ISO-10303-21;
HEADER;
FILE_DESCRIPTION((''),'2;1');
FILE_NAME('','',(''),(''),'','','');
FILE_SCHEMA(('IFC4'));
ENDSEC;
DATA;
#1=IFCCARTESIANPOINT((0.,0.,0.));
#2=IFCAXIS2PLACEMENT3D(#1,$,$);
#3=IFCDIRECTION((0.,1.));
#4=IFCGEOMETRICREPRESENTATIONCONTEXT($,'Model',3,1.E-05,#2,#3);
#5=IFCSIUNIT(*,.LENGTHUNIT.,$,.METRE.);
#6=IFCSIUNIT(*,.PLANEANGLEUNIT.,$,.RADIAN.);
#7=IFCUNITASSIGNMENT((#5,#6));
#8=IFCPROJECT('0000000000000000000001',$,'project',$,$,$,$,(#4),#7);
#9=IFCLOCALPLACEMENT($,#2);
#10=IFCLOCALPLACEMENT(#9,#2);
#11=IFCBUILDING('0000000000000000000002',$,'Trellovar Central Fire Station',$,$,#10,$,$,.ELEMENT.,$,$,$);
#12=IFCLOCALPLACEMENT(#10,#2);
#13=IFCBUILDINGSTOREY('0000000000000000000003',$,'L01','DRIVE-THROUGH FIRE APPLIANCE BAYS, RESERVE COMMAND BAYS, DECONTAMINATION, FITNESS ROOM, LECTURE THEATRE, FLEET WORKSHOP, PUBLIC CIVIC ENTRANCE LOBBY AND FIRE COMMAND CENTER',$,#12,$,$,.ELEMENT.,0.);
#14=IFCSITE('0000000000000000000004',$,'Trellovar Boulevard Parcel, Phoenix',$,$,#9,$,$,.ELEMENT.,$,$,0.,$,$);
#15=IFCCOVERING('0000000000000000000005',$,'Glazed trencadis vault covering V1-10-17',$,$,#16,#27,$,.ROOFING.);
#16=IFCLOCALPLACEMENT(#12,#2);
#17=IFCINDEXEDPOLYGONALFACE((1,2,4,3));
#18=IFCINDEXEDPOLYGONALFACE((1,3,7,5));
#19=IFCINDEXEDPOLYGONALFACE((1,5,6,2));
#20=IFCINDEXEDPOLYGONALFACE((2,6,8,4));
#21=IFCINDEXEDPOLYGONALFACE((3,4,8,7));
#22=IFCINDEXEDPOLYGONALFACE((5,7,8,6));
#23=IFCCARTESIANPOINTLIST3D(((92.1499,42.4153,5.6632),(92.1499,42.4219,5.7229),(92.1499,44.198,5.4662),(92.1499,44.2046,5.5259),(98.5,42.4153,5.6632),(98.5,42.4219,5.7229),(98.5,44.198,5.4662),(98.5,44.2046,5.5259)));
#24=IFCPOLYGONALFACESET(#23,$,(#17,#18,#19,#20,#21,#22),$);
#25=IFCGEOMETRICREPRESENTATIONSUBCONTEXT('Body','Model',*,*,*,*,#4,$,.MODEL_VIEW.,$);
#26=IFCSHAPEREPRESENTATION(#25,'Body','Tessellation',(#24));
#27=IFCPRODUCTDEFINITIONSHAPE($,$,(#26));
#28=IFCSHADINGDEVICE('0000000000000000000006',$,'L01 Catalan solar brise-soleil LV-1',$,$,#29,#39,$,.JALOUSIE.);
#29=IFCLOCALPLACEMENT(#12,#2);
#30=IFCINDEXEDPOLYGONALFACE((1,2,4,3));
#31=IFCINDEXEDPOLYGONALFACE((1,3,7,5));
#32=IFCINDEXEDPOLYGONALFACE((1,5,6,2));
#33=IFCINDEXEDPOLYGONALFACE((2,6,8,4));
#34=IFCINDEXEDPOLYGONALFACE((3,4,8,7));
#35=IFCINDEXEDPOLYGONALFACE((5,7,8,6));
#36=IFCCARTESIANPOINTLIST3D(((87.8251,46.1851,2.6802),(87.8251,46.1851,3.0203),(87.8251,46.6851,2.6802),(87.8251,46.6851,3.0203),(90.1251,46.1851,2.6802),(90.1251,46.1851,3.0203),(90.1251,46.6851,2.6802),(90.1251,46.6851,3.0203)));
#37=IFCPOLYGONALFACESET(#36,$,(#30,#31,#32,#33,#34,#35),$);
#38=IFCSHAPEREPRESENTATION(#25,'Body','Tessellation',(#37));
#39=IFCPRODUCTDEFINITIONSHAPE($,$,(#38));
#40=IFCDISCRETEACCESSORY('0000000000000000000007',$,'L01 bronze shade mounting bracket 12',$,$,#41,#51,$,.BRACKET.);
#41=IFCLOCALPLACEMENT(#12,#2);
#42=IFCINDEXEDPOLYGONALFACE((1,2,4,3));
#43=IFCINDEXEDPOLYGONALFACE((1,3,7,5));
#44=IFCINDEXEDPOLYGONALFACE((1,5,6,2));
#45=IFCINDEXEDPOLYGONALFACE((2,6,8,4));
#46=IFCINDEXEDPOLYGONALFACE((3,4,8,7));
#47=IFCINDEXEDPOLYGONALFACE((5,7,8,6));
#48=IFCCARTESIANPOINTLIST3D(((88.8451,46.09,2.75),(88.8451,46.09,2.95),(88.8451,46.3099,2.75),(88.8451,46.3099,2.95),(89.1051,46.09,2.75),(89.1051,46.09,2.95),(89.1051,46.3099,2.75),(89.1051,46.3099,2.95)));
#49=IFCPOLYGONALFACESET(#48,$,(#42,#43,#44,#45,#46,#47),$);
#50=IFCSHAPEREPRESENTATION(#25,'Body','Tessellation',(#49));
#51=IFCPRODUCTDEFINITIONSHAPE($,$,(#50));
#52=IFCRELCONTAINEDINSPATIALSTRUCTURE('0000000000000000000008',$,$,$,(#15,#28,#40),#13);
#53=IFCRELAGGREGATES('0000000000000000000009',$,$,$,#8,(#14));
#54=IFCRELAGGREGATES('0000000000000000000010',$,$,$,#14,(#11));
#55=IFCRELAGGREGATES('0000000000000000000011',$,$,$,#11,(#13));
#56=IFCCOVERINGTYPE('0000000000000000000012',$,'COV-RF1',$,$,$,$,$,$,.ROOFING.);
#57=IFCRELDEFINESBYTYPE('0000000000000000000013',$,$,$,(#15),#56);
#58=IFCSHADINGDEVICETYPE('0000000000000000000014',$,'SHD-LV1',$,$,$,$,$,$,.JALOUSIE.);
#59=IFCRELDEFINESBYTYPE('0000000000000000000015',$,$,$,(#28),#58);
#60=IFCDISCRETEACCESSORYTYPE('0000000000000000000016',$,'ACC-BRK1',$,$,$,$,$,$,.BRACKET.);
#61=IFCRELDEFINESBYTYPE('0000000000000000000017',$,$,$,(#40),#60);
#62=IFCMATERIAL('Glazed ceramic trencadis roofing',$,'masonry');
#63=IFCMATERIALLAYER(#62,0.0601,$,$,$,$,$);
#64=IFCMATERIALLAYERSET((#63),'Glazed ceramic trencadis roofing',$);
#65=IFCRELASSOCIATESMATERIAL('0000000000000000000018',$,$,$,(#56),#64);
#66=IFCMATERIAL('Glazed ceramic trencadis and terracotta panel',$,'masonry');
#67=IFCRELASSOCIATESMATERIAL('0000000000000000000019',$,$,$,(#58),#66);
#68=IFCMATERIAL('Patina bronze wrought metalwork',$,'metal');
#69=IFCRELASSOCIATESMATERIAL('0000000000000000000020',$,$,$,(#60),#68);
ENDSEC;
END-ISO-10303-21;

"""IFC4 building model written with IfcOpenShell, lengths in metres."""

from ifc_helpers import new_model, si_unit, direction, frame, origin, origin_2d, place, context, subcontext, project, spatial, polyline, rectangle, outline, extrude, material, layer, layer_set, type_object, element, save


model = new_model("IFC4")

# Units and contexts
model_context = context("Model", 3, precision=1e-05, world=origin(), true_north=direction((0.0, 1.0)))
body_context = subcontext(model_context, "Body", "Model", "MODEL_VIEW")
ifc_project = project(units=[si_unit("LENGTHUNIT", "METRE"), si_unit("PLANEANGLEUNIT", "RADIAN")], contexts=[model_context])

# Site, building, storey
site_placement = place(None, origin())
site = spatial("IfcSite", under=ifc_project, at=site_placement, Name="Trellovar Boulevard Parcel, Phoenix", CompositionType="ELEMENT", RefElevation=0.0)
building_placement = place(site_placement, origin())
building = spatial("IfcBuilding", under=site, at=building_placement, Name="Trellovar Central Fire Station", CompositionType="ELEMENT")
storey_placement = place(building_placement, origin())
storey = spatial("IfcBuildingStorey", under=building, at=storey_placement, Name="L01", Description="DRIVE-THROUGH FIRE APPLIANCE BAYS, RESERVE COMMAND BAYS, DECONTAMINATION, FITNESS ROOM, LECTURE THEATRE, FLEET WORKSHOP, PUBLIC CIVIC ENTRANCE LOBBY AND FIRE COMMAND CENTER", CompositionType="ELEMENT", Elevation=0.0)

# Covering
ifc_material_1 = material(Name="Glazed ceramic trencadis roofing", Category="masonry")
ifc_layer_1 = layer(ifc_material_1, 0.0601)
ifc_layer_set_1 = layer_set([ifc_layer_1], Name="Glazed ceramic trencadis roofing")
covering_type = type_object("IfcCoveringType", Name="COV-RF1", PredefinedType="ROOFING", material=ifc_layer_set_1)
covering_1_placement = place(storey_placement, frame((92.1499, 42.4219, 5.7229), z_axis=(0.0, 0.109849, 0.993948), x_axis=(1.0, 0.0, 0.0)))
element("IfcCovering", 1, at=covering_1_placement, inside=storey, type_object=covering_type, Name="Glazed trencadis vault covering V1-10-17", PredefinedType="ROOFING", context=body_context, shape_type="SweptSolid", body=[
    extrude(outline(polyline([(0.0, 0.0), (6.3501, 0.0), (6.3501, 1.7936), (0.0, 1.7936), (0.0, 0.0)])), origin(), (0.0, 0.0, -1.0), 0.0601),
])

# Shading device
ifc_material_2 = material(Name="Glazed ceramic trencadis and terracotta panel", Category="masonry")
shading_device_type = type_object("IfcShadingDeviceType", Name="SHD-LV1", PredefinedType="JALOUSIE", material=ifc_material_2)
shading_device_placement = place(storey_placement, frame((88.9751, 46.4351, 2.6802), z_axis=(0.0, 0.0, 1.0), x_axis=(1.0, 0.0, 0.0)))
element("IfcShadingDevice", 2, at=shading_device_placement, inside=storey, type_object=shading_device_type, Name="L01 Catalan solar brise-soleil LV-1", PredefinedType="JALOUSIE", context=body_context, shape_type="SweptSolid", body=[
    extrude(rectangle(XDim=2.3, YDim=0.5, at=origin_2d()), origin(), (0.0, 0.0, 1.0), 0.3401),
])

# Discrete accessory
ifc_material_3 = material(Name="Patina bronze wrought metalwork", Category="metal")
discrete_accessory_type = type_object("IfcDiscreteAccessoryType", Name="ACC-BRK1", PredefinedType="BRACKET", material=ifc_material_3)
discrete_accessory_placement = place(storey_placement, frame((88.9751, 46.2, 2.75), z_axis=(0.0, 0.0, 1.0), x_axis=(1.0, 0.0, 0.0)))
element("IfcDiscreteAccessory", 3, at=discrete_accessory_placement, inside=storey, type_object=discrete_accessory_type, Name="L01 bronze shade mounting bracket 12", PredefinedType="BRACKET", context=body_context, shape_type="SweptSolid", body=[
    extrude(rectangle(XDim=0.26, YDim=0.22, at=origin_2d()), origin(), (0.0, 0.0, 1.0), 0.2),
])

save(model, "model.ifc")
